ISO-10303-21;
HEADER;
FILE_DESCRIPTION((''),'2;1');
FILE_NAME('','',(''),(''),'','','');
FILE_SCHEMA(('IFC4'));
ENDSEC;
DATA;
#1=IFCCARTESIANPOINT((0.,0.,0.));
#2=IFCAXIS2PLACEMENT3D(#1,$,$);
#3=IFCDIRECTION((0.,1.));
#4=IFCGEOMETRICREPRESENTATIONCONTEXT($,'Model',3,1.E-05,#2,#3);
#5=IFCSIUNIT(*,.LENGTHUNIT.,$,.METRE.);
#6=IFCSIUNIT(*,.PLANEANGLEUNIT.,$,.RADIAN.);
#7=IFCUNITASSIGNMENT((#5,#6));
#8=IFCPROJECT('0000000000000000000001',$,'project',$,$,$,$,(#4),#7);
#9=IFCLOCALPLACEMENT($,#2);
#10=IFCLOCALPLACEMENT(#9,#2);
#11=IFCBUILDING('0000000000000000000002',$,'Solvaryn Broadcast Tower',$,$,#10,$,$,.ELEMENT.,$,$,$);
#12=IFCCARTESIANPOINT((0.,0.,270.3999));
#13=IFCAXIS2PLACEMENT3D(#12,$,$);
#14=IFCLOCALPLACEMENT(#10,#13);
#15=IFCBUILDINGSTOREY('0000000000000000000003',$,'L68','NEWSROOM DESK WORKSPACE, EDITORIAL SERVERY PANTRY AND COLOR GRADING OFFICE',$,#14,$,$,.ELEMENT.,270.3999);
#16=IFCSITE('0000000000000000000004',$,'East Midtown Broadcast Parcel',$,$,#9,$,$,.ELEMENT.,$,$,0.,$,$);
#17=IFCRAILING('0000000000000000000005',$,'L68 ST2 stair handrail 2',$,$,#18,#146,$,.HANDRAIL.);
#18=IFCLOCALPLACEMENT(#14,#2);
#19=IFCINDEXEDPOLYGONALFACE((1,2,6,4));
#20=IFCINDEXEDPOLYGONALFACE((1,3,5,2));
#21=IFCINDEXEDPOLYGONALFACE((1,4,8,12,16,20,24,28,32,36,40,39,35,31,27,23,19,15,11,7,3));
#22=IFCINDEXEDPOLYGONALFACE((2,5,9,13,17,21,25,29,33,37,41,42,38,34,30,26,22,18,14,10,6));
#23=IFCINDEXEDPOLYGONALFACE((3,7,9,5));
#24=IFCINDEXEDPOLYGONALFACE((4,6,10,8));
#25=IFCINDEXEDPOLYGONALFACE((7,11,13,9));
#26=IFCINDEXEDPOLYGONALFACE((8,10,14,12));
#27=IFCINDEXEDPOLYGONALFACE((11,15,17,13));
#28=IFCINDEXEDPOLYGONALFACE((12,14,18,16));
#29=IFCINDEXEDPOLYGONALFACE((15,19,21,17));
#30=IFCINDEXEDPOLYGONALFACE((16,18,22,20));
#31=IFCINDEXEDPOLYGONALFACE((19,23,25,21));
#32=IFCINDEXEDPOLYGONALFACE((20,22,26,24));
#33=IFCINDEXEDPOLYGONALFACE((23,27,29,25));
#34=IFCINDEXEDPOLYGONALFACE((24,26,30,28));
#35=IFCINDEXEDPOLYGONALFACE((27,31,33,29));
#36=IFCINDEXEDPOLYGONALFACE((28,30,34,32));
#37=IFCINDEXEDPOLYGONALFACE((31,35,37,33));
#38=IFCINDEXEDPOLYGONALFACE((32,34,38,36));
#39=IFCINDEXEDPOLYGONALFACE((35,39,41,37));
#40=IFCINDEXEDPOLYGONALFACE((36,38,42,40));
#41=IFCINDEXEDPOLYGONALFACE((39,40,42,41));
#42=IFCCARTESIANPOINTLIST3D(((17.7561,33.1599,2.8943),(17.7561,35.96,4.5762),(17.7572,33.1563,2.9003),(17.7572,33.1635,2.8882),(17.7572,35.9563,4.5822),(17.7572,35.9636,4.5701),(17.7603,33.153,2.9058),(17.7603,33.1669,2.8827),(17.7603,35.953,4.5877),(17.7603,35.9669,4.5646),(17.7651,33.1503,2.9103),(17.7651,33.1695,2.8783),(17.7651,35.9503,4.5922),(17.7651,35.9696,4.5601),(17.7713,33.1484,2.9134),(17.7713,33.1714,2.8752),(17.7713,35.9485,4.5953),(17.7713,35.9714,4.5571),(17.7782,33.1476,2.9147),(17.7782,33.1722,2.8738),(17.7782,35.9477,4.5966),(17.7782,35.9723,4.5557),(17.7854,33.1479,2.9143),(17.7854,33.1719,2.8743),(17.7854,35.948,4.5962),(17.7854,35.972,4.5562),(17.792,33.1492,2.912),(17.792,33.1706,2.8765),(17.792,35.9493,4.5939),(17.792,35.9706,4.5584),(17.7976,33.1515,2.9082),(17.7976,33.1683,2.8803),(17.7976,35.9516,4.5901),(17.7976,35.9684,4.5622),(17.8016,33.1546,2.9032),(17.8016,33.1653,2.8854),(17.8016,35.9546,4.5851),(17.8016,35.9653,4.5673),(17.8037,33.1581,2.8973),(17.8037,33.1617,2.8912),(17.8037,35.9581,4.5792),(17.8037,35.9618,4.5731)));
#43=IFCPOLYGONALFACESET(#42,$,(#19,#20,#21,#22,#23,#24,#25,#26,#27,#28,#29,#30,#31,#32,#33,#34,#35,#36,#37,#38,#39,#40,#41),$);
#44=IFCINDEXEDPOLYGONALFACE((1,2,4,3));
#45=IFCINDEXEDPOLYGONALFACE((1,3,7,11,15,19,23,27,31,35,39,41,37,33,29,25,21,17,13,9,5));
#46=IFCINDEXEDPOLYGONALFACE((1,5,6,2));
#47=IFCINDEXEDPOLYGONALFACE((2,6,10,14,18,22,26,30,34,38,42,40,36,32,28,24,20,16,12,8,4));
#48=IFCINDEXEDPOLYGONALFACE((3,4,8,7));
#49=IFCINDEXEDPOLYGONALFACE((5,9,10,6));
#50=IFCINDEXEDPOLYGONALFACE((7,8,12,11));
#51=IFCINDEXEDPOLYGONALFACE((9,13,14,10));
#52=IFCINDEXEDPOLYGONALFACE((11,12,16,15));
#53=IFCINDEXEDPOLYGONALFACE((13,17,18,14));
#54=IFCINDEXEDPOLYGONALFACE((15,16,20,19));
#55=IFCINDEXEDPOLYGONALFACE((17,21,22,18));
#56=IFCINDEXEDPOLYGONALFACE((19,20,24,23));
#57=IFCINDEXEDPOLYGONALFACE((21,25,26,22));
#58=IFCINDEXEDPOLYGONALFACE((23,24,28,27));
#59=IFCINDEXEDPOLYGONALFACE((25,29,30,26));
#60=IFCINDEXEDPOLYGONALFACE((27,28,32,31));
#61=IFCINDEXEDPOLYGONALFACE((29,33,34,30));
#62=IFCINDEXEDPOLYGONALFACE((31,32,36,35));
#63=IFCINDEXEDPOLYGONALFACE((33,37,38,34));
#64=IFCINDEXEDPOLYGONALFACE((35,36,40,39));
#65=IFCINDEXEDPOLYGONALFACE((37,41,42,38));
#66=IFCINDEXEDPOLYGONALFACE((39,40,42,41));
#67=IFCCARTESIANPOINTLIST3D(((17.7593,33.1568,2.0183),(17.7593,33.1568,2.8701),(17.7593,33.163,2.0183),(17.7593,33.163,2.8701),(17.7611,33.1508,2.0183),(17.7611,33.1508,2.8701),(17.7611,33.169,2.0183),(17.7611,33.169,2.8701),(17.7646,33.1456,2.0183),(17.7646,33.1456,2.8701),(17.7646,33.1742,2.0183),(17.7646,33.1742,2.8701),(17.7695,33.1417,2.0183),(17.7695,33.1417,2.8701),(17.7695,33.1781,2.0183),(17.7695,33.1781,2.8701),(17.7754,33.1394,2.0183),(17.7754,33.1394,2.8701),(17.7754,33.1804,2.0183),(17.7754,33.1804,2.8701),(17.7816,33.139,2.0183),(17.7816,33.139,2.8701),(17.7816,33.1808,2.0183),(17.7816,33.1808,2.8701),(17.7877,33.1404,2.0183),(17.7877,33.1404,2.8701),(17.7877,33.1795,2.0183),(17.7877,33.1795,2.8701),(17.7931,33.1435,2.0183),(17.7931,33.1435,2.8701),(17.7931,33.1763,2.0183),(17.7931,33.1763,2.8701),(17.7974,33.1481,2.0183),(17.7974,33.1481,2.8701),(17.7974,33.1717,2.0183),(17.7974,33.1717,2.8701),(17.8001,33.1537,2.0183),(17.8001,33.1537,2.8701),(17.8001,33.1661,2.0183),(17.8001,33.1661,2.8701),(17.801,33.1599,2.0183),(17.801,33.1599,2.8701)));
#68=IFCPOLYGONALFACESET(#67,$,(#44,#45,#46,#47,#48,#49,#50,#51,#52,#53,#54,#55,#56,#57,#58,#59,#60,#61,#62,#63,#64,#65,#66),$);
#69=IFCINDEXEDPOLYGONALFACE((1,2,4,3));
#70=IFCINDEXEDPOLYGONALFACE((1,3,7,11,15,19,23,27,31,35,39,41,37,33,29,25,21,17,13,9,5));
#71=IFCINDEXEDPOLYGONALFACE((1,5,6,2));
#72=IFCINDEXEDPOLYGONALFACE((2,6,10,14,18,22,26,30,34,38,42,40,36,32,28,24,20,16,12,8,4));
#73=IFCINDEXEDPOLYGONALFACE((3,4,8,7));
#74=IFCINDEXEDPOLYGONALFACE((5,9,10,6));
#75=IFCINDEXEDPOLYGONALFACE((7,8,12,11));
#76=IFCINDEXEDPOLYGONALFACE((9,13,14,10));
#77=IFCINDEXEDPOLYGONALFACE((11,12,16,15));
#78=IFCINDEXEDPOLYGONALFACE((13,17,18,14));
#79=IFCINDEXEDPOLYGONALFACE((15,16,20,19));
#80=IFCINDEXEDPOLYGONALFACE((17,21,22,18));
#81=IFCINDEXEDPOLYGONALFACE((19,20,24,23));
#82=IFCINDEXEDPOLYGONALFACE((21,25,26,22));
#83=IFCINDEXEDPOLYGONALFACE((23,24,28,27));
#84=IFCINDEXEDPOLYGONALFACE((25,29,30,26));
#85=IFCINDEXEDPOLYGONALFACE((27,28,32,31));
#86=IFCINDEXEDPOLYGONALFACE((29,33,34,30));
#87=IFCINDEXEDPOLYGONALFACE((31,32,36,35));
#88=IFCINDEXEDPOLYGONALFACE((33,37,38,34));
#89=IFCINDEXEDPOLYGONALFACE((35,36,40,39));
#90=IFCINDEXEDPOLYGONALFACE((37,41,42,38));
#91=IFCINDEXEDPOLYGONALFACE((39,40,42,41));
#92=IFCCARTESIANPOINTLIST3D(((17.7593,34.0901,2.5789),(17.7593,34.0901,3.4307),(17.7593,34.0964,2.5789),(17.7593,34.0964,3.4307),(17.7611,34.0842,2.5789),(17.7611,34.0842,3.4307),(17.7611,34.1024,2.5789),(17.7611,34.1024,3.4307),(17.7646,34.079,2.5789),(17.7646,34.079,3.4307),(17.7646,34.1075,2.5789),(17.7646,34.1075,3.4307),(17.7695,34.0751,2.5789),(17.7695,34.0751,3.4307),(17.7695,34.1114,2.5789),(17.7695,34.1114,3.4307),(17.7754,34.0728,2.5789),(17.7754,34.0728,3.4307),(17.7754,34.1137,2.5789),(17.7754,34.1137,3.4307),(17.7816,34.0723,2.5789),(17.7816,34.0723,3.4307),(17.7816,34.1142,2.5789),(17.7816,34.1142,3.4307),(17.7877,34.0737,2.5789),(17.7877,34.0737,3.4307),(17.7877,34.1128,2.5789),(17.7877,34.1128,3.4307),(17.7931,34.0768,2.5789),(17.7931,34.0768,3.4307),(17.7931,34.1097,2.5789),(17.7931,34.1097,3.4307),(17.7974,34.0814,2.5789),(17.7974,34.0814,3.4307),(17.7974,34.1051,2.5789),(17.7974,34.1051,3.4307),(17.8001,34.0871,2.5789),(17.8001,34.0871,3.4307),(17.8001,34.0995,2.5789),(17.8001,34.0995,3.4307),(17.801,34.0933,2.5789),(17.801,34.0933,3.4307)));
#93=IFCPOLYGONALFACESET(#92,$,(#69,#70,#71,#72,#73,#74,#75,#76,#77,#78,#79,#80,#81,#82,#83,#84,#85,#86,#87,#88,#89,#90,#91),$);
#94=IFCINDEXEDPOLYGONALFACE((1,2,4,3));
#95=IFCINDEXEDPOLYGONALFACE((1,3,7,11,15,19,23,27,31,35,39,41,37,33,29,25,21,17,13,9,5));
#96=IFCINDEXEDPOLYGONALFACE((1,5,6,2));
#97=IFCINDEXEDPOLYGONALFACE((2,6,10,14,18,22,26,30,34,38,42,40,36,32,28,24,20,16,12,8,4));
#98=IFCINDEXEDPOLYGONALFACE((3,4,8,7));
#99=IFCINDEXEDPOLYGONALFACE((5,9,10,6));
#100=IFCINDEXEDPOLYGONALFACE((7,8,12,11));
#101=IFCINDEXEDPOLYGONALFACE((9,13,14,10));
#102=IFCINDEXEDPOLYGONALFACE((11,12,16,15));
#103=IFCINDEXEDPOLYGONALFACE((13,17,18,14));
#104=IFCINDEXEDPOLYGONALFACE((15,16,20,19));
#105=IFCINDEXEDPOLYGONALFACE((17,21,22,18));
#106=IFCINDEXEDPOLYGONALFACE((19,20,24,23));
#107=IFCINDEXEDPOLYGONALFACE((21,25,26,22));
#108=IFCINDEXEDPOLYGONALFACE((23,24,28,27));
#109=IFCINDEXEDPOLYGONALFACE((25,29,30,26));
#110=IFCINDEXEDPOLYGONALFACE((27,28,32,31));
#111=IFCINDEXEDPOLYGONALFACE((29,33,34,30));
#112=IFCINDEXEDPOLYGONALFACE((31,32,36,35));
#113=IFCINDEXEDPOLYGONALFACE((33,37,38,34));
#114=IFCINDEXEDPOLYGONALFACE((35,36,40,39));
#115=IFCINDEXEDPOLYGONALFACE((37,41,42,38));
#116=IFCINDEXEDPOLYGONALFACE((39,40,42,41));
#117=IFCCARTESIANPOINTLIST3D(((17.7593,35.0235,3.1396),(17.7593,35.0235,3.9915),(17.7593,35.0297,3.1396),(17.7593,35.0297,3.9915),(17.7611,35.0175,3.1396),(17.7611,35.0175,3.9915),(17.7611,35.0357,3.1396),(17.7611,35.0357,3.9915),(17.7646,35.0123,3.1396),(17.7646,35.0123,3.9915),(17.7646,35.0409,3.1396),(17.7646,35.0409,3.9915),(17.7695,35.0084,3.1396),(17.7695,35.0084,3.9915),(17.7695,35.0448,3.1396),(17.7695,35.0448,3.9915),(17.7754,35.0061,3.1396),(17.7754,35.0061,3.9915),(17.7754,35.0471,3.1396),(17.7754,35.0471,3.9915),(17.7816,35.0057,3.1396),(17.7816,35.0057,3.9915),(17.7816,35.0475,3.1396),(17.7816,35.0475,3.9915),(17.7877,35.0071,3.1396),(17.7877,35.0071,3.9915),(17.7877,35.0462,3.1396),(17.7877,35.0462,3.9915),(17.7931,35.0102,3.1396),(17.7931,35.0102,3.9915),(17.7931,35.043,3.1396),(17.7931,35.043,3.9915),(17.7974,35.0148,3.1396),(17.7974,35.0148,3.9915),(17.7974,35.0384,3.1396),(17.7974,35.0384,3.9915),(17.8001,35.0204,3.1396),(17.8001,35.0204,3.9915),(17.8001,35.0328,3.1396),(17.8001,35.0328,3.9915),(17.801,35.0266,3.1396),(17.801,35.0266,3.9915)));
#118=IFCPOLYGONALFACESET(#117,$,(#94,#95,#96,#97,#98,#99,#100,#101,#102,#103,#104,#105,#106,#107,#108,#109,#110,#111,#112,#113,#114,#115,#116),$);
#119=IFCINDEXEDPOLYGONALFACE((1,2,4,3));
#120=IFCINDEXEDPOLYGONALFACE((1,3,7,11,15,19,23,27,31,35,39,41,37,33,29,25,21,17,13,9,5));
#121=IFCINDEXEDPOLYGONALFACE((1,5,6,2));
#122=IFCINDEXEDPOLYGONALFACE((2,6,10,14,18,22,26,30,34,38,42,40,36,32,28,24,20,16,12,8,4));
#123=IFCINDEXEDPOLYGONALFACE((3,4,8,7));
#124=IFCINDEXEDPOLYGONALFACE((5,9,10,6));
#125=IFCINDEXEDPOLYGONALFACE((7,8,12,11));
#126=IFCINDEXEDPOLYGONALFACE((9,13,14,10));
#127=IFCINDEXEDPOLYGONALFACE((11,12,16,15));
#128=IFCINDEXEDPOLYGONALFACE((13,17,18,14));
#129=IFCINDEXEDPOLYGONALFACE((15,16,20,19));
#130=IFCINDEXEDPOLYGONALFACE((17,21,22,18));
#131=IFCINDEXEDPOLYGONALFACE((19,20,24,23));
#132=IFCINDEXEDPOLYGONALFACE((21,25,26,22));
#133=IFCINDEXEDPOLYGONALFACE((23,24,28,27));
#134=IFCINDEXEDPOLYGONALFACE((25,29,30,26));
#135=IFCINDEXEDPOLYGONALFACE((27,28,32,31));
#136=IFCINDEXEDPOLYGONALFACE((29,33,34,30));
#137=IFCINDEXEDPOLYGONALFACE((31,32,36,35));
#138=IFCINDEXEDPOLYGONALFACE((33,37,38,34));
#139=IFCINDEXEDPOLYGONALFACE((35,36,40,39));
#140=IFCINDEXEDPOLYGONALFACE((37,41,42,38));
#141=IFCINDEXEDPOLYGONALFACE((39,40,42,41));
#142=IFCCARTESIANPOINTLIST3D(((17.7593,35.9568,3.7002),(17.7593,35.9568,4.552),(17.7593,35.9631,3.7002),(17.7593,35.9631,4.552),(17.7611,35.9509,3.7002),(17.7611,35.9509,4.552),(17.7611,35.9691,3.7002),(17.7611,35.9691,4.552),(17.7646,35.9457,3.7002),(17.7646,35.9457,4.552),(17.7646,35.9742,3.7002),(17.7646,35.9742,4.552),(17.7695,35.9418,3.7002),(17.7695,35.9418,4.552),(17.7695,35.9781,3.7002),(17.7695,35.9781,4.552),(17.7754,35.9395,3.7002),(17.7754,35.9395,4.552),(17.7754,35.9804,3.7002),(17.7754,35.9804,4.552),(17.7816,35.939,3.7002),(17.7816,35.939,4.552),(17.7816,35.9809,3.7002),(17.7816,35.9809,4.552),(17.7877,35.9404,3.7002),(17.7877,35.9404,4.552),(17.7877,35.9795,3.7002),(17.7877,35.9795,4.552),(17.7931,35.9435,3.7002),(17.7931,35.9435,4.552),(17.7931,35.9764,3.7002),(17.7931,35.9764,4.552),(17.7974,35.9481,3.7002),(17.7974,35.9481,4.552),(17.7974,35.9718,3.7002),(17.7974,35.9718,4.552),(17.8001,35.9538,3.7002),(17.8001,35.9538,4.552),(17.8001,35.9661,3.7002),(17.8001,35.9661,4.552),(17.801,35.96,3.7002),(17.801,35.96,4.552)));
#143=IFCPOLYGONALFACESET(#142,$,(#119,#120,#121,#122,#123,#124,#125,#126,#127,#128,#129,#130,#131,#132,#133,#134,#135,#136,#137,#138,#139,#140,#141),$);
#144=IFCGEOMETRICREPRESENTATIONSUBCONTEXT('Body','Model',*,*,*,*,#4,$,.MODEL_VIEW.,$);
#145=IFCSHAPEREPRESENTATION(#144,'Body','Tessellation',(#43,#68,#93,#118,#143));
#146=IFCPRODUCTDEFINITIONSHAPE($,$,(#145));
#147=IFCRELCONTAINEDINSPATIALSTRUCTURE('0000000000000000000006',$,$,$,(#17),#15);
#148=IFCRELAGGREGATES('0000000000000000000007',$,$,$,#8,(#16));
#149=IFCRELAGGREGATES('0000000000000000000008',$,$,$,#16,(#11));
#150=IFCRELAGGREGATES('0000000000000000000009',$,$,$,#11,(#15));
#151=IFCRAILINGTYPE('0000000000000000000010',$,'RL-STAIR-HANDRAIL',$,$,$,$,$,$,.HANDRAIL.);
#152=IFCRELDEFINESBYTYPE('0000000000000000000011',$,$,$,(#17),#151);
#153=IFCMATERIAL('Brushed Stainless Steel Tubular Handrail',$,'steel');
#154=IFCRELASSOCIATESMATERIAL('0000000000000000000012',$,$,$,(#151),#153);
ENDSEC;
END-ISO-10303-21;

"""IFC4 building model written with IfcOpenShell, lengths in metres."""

from ifc_helpers import new_model, si_unit, direction, frame, origin, origin_2d, place, context, subcontext, project, spatial, circle, extrude, material, type_object, element, save


model = new_model("IFC4")

# Units and contexts
model_context = context("Model", 3, precision=1e-05, world=origin(), true_north=direction((0.0, 1.0)))
body_context = subcontext(model_context, "Body", "Model", "MODEL_VIEW")
ifc_project = project(units=[si_unit("LENGTHUNIT", "METRE"), si_unit("PLANEANGLEUNIT", "RADIAN")], contexts=[model_context])

# Site, building, storey
site_placement = place(None, origin())
site = spatial("IfcSite", under=ifc_project, at=site_placement, Name="East Midtown Broadcast Parcel", CompositionType="ELEMENT", RefElevation=0.0)
building_placement = place(site_placement, origin())
building = spatial("IfcBuilding", under=site, at=building_placement, Name="Solvaryn Broadcast Tower", CompositionType="ELEMENT")
storey_placement = place(building_placement, frame((0.0, 0.0, 270.3999)))
storey = spatial("IfcBuildingStorey", under=building, at=storey_placement, Name="L68", Description="NEWSROOM DESK WORKSPACE, EDITORIAL SERVERY PANTRY AND COLOR GRADING OFFICE", CompositionType="ELEMENT", Elevation=270.3999)

# Railing
ifc_material_1 = material(Name="Brushed Stainless Steel Tubular Handrail", Category="steel")
railing_type_1 = type_object("IfcRailingType", Name="RL-STAIR-HANDRAIL", PredefinedType="HANDRAIL", material=ifc_material_1)
railing_1_placement = place(storey_placement, frame((17.78, 33.1599, 2.0183)))
element("IfcRailing", 1, at=railing_1_placement, inside=storey, type_object=railing_type_1, Name="L68 ST2 stair handrail 2", PredefinedType="HANDRAIL", context=body_context, shape_type="SweptSolid", body=[
    extrude(circle(Radius=0.0239, at=origin_2d()), frame((0.0, 0.0, 0.876), z_axis=(0.0, 0.857242, 0.514913), x_axis=(-1.0, 0.0, 0.0)), (0.0, 0.0, 1.0), 3.2664),
    extrude(circle(Radius=0.021, at=origin_2d()), origin(), (0.0, 0.0, 1.0), 0.8518),
    extrude(circle(Radius=0.021, at=origin_2d()), frame((0.0, 0.9333, 0.5605)), (0.0, 0.0, 1.0), 0.8518),
    extrude(circle(Radius=0.021, at=origin_2d()), frame((0.0, 1.8667, 1.1213)), (0.0, 0.0, 1.0), 0.8518),
    extrude(circle(Radius=0.021, at=origin_2d()), frame((0.0, 2.8, 1.6819)), (0.0, 0.0, 1.0), 0.8518),
])

save(model, "model.ifc")
